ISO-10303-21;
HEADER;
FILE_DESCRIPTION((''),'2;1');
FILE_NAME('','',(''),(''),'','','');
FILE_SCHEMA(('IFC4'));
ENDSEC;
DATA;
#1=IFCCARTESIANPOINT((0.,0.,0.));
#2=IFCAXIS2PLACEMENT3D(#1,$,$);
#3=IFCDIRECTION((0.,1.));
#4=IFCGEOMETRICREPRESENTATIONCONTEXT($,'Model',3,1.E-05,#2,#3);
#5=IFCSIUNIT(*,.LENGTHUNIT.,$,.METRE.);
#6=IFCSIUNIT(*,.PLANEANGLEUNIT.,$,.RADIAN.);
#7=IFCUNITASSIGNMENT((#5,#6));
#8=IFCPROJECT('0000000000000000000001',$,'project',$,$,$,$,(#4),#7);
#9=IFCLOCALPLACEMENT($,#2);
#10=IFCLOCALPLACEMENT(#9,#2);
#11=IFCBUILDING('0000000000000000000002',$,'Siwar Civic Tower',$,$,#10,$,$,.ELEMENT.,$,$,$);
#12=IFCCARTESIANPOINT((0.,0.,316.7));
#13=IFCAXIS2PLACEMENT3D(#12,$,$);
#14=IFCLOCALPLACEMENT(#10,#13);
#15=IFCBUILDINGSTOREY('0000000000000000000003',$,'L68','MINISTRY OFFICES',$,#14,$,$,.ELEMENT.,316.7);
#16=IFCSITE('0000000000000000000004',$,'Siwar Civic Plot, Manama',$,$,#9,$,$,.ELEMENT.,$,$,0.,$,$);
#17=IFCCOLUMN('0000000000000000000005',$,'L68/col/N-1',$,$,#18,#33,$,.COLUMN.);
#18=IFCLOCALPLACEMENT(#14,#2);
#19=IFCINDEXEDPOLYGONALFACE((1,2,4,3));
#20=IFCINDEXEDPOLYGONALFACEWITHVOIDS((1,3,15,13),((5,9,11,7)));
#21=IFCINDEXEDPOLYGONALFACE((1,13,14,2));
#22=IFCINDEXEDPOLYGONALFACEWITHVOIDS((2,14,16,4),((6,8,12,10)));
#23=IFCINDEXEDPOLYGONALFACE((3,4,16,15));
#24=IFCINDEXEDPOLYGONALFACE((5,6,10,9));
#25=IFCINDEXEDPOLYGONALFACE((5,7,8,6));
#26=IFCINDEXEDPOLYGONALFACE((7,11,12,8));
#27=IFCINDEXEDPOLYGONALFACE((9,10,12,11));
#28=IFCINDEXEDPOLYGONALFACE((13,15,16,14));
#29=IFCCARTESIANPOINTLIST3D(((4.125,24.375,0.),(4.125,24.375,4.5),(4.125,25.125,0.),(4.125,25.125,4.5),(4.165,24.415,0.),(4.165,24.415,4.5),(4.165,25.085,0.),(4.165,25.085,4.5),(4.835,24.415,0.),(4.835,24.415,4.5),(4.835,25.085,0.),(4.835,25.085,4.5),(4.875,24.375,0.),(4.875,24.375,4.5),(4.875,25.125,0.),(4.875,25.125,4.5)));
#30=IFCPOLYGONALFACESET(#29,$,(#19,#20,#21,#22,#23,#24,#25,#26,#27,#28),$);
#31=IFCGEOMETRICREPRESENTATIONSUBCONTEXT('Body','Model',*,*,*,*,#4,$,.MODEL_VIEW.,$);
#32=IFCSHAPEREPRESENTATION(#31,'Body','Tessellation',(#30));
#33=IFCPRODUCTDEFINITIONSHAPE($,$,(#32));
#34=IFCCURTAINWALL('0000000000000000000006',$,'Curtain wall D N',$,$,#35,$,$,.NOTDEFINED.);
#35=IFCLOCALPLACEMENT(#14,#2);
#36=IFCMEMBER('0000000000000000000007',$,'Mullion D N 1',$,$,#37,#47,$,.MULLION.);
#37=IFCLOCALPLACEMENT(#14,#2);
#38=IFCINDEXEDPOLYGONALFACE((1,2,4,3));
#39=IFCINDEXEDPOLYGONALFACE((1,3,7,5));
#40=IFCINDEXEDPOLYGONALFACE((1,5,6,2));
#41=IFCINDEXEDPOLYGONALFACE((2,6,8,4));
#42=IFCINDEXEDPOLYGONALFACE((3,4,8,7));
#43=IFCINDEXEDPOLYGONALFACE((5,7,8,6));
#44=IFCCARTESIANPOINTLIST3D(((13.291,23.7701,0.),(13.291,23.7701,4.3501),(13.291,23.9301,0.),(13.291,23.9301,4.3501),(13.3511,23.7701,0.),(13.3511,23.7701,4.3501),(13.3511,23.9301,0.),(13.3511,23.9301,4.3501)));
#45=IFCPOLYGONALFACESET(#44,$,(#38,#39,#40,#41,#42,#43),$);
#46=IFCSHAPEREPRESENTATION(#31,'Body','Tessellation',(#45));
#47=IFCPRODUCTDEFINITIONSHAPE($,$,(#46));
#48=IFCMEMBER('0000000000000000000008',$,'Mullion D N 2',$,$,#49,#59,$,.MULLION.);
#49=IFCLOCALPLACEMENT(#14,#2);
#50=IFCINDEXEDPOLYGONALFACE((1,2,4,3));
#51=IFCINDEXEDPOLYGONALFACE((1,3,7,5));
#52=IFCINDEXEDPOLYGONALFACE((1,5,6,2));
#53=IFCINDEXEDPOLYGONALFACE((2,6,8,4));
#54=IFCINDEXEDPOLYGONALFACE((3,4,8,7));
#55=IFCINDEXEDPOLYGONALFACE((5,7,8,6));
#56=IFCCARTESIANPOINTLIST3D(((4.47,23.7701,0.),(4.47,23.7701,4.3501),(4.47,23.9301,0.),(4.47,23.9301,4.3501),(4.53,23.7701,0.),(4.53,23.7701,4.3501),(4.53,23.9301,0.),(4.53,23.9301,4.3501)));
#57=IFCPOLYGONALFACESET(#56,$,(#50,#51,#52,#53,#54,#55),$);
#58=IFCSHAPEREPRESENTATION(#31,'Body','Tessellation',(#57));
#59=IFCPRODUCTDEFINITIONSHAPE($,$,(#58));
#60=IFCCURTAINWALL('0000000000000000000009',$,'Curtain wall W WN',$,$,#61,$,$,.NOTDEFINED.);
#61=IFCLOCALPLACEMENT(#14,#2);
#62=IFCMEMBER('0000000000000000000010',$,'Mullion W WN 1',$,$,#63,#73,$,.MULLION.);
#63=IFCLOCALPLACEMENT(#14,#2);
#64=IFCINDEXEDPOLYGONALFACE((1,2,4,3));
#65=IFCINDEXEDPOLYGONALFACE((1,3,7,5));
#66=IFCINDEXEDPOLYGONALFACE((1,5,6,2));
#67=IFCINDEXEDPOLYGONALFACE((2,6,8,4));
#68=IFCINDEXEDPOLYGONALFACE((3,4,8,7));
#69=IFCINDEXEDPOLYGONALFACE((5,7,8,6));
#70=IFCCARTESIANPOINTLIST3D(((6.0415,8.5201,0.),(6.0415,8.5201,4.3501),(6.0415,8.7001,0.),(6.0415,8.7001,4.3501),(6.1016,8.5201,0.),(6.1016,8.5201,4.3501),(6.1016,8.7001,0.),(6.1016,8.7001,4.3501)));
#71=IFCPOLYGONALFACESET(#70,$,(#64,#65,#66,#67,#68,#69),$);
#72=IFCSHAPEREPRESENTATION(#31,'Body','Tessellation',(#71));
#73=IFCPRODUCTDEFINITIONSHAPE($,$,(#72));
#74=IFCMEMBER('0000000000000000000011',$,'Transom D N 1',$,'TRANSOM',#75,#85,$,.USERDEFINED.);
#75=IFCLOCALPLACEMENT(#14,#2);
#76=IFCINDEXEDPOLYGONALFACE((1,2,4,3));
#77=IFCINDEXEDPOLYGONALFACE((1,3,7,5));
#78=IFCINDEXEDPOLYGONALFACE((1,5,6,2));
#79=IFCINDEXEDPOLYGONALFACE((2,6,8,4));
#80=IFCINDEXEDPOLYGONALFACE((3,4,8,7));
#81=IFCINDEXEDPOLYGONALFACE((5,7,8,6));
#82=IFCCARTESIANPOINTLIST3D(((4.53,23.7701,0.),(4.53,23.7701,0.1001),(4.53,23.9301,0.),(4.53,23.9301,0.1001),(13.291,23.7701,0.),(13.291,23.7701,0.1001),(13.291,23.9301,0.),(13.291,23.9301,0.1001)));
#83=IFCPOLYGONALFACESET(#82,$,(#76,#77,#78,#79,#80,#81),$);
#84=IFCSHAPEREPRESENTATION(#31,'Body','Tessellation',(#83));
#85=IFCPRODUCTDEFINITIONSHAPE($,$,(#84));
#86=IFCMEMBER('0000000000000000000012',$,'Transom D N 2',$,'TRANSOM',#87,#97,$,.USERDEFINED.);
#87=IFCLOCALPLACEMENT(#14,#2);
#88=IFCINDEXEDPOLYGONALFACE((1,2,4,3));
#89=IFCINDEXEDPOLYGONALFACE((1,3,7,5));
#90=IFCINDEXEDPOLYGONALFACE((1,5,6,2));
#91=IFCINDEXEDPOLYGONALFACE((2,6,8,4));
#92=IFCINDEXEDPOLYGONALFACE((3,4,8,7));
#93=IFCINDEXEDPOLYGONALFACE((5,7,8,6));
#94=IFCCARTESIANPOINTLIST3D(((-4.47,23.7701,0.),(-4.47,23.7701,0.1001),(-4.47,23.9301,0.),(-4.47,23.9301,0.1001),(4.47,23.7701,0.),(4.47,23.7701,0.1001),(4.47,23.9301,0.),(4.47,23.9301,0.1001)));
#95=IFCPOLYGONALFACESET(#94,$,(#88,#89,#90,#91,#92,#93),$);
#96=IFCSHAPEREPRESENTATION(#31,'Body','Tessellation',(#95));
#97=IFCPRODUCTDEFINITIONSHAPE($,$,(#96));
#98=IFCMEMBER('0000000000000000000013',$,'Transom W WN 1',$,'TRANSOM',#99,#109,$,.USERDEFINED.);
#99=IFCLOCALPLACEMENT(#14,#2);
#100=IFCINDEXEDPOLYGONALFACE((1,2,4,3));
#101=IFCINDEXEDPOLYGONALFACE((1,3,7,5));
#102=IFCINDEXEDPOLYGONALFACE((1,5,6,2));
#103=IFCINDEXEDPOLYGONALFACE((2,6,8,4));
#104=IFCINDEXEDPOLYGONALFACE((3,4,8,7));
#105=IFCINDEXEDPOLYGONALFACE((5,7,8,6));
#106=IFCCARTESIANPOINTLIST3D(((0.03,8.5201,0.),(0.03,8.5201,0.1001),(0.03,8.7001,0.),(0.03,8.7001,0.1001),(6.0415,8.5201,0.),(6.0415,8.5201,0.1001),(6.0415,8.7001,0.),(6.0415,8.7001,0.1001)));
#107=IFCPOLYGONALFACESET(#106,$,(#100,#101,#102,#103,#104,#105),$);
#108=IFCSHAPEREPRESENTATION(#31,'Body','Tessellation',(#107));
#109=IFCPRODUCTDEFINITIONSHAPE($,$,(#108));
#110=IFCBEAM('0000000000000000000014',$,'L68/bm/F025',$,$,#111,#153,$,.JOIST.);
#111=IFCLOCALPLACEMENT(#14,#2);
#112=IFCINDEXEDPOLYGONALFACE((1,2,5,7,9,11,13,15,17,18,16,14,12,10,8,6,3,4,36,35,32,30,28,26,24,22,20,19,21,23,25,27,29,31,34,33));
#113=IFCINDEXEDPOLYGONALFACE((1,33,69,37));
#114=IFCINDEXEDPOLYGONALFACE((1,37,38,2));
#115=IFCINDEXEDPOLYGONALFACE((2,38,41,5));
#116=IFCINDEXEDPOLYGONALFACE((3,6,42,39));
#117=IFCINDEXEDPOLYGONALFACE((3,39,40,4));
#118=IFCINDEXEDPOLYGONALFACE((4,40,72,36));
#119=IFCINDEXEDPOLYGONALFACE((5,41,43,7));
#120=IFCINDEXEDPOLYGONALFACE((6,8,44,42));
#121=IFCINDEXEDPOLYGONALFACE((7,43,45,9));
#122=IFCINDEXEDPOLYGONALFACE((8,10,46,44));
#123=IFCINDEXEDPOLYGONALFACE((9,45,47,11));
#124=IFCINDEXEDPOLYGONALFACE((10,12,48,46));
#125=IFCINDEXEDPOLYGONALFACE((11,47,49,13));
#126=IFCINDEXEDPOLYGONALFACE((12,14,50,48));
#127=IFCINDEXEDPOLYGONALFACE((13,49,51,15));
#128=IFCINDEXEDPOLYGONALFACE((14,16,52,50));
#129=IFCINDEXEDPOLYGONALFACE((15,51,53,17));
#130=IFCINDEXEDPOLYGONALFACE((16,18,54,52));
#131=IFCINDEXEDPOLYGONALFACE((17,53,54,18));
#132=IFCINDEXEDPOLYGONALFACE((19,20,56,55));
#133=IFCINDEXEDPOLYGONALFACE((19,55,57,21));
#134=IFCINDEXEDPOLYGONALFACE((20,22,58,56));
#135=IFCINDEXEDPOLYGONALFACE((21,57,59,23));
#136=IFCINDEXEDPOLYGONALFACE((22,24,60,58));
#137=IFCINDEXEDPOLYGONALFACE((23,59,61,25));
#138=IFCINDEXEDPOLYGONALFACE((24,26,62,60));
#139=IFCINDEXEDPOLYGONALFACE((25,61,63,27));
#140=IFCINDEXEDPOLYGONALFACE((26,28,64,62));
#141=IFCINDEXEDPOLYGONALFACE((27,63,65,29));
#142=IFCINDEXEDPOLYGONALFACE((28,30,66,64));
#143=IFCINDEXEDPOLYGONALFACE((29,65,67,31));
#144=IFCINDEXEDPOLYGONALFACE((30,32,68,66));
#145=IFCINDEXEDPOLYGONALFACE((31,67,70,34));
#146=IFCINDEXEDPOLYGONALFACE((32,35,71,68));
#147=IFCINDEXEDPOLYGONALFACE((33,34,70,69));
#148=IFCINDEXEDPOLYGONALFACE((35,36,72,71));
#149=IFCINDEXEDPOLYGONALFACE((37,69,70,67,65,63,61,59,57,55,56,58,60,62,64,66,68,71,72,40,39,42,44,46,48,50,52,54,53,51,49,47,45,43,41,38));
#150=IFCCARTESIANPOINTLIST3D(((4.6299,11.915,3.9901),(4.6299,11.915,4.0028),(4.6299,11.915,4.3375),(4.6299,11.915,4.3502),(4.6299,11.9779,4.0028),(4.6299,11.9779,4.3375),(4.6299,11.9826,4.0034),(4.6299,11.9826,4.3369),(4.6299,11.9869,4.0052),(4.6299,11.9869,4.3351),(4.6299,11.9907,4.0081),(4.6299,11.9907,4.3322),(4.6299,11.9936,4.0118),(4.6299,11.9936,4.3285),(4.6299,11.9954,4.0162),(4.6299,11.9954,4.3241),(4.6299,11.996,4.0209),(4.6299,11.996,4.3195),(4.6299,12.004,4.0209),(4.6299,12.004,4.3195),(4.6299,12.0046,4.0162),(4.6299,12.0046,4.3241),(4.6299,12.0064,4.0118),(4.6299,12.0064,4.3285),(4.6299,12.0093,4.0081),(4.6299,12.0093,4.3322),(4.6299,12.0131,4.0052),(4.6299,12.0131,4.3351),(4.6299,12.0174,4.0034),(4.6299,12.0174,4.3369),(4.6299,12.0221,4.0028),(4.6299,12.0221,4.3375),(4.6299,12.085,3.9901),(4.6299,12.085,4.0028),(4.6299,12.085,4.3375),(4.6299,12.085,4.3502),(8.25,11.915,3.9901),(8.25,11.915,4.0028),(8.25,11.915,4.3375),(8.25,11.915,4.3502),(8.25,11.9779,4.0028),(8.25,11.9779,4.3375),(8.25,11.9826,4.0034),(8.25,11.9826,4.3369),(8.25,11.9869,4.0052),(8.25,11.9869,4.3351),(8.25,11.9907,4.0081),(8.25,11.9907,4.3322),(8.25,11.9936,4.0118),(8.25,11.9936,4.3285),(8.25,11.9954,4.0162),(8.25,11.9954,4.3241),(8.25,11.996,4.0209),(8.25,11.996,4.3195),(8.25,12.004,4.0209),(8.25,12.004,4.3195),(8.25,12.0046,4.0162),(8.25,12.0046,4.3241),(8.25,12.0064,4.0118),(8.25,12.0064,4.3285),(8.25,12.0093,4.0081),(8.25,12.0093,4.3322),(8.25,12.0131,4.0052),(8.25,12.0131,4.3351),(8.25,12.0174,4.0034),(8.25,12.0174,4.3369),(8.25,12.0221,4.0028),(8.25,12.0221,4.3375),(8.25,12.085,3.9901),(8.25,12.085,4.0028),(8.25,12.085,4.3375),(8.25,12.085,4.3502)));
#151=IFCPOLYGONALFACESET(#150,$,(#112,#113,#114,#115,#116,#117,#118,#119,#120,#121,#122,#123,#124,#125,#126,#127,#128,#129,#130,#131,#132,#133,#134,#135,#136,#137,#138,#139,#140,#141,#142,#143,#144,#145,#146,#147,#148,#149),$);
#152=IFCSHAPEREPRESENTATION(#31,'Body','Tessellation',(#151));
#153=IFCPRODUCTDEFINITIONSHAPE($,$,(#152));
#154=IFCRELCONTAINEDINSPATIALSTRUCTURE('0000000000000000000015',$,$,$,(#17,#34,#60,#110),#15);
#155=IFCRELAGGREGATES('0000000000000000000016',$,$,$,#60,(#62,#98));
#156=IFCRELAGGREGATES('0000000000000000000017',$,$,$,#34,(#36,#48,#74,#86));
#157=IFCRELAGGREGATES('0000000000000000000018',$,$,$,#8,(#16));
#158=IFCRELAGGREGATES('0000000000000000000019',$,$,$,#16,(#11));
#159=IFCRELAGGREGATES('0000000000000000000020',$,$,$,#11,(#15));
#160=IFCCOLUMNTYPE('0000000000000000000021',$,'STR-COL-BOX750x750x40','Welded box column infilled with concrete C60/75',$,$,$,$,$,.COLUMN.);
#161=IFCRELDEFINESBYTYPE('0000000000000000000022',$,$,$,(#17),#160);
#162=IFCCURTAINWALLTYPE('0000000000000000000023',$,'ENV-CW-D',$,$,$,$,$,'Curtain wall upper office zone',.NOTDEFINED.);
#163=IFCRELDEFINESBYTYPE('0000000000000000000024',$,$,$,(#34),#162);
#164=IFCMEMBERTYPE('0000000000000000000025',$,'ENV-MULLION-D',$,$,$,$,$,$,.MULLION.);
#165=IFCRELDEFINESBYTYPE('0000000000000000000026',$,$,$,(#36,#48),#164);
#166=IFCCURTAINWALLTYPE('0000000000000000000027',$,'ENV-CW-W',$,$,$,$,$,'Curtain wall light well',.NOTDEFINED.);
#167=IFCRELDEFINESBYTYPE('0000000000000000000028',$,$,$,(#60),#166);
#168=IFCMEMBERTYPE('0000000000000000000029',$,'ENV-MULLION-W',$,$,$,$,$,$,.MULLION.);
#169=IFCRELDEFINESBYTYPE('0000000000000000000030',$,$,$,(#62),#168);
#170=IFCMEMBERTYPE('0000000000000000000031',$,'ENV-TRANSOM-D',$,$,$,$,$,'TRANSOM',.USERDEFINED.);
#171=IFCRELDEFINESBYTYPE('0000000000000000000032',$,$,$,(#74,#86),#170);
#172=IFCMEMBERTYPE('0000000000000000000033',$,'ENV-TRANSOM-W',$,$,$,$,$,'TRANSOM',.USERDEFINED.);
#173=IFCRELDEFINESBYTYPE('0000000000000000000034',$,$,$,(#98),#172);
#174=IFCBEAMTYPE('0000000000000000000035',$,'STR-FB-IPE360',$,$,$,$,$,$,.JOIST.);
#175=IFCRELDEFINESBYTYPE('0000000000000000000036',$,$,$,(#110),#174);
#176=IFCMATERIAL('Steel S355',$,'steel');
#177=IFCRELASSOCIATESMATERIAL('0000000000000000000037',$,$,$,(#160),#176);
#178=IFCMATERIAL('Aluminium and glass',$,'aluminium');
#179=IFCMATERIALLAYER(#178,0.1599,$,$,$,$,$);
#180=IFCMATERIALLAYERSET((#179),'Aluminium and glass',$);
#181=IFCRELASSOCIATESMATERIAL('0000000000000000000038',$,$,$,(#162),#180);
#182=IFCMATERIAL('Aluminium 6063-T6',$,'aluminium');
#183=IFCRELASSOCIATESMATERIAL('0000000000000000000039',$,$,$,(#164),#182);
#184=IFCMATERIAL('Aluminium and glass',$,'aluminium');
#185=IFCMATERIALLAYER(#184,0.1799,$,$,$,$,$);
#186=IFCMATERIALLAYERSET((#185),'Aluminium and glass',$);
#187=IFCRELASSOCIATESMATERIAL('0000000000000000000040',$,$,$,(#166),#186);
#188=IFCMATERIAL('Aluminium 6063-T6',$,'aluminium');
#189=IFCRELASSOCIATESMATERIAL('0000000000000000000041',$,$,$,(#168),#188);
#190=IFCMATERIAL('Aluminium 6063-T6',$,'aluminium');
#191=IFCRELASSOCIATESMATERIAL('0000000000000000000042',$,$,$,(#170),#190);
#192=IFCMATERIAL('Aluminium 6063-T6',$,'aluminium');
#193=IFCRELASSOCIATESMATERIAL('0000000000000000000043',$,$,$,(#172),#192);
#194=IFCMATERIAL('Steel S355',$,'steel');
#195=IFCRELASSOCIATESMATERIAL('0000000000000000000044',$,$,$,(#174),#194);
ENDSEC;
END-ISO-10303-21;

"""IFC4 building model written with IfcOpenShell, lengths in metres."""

from ifc_helpers import new_model, si_unit, direction, frame, origin, origin_2d, place, context, subcontext, project, spatial, rectangle, hollow_rectangle, i_section, extrude, material, layer, layer_set, material_profile, profile_set, type_object, element, aggregate, save


model = new_model("IFC4")

# Units and contexts
model_context = context("Model", 3, precision=1e-05, world=origin(), true_north=direction((0.0, 1.0)))
body_context = subcontext(model_context, "Body", "Model", "MODEL_VIEW")
ifc_project = project(units=[si_unit("LENGTHUNIT", "METRE"), si_unit("PLANEANGLEUNIT", "RADIAN")], contexts=[model_context])

# Site, building, storey
site_placement = place(None, origin())
site = spatial("IfcSite", under=ifc_project, at=site_placement, Name="Siwar Civic Plot, Manama", CompositionType="ELEMENT", RefElevation=0.0)
building_placement = place(site_placement, origin())
building = spatial("IfcBuilding", under=site, at=building_placement, Name="Siwar Civic Tower", CompositionType="ELEMENT")
storey_placement = place(building_placement, frame((0.0, 0.0, 316.7)))
storey = spatial("IfcBuildingStorey", under=building, at=storey_placement, Name="L68", Description="MINISTRY OFFICES", CompositionType="ELEMENT", Elevation=316.7)

# Column
ifc_material_1 = material(Name="Steel S355", Category="steel")
ifc_material_profile_1 = material_profile(ifc_material_1, hollow_rectangle(XDim=0.75, YDim=0.75, WallThickness=0.04, at=origin_2d()), Name="BOX750x750x40")
ifc_profile_set_1 = profile_set([ifc_material_profile_1], Name="Steel S355")
column_type = type_object("IfcColumnType", Name="STR-COL-BOX750x750x40", Description="Welded box column infilled with concrete C60/75", PredefinedType="COLUMN", material=ifc_profile_set_1)
column_placement = place(storey_placement, frame((4.5, 24.75, 0.0), z_axis=(0.0, 0.0, 1.0), x_axis=(1.0, 0.0, 0.0)))
element("IfcColumn", 1, at=column_placement, inside=storey, type_object=column_type, Name="L68/col/N-1", PredefinedType="COLUMN", context=body_context, shape_type="SweptSolid", body=[
    extrude(hollow_rectangle(XDim=0.75, YDim=0.75, WallThickness=0.04, at=origin_2d()), origin(), (0.0, 0.0, 1.0), 4.5),
])

# Curtain wall, members
ifc_material_2 = material(Name="Aluminium and glass", Category="aluminium")
ifc_layer_1 = layer(ifc_material_2, 0.1599)
ifc_layer_set_1 = layer_set([ifc_layer_1], Name="Aluminium and glass")
curtain_wall_type_1 = type_object("IfcCurtainWallType", Name="ENV-CW-D", ElementType="Curtain wall upper office zone", PredefinedType="NOTDEFINED", material=ifc_layer_set_1)
curtain_wall_1_placement = place(storey_placement, origin())
curtain_wall_1 = element("IfcCurtainWall", 2, at=curtain_wall_1_placement, inside=storey, type_object=curtain_wall_type_1, Name="Curtain wall D N", PredefinedType="NOTDEFINED")
ifc_material_3 = material(Name="Aluminium 6063-T6", Category="aluminium")
ifc_material_profile_2 = material_profile(ifc_material_3, rectangle(XDim=0.1599, YDim=0.0601, at=origin_2d()), Name="AL 160x60")
ifc_profile_set_2 = profile_set([ifc_material_profile_2], Name="Aluminium 6063-T6")
member_type_1 = type_object("IfcMemberType", Name="ENV-MULLION-D", PredefinedType="MULLION", material=ifc_profile_set_2)
member_1_placement = place(storey_placement, frame((13.321, 23.8501, 0.0), z_axis=(0.0, 0.0, 1.0), x_axis=(0.0, -1.0, 0.0)))
member_1 = element("IfcMember", 3, at=member_1_placement, type_object=member_type_1, Name="Mullion D N 1", PredefinedType="MULLION", context=body_context, shape_type="SweptSolid", body=[
    extrude(rectangle(XDim=0.1599, YDim=0.0601, at=origin_2d()), origin(), (0.0, 0.0, 1.0), 4.3501),
])
member_2_placement = place(storey_placement, frame((4.5, 23.8501, 0.0), z_axis=(0.0, 0.0, 1.0), x_axis=(0.0, -1.0, 0.0)))
member_2 = element("IfcMember", 4, at=member_2_placement, type_object=member_type_1, Name="Mullion D N 2", PredefinedType="MULLION", context=body_context, shape_type="SweptSolid", body=[
    extrude(rectangle(XDim=0.1599, YDim=0.0601, at=origin_2d()), origin(), (0.0, 0.0, 1.0), 4.3501),
])

# Curtain wall, member
ifc_material_4 = material(Name="Aluminium and glass", Category="aluminium")
ifc_layer_2 = layer(ifc_material_4, 0.1799)
ifc_layer_set_2 = layer_set([ifc_layer_2], Name="Aluminium and glass")
curtain_wall_type_2 = type_object("IfcCurtainWallType", Name="ENV-CW-W", ElementType="Curtain wall light well", PredefinedType="NOTDEFINED", material=ifc_layer_set_2)
curtain_wall_2_placement = place(storey_placement, origin())
curtain_wall_2 = element("IfcCurtainWall", 5, at=curtain_wall_2_placement, inside=storey, type_object=curtain_wall_type_2, Name="Curtain wall W WN", PredefinedType="NOTDEFINED")
ifc_material_5 = material(Name="Aluminium 6063-T6", Category="aluminium")
ifc_material_profile_3 = material_profile(ifc_material_5, rectangle(XDim=0.1799, YDim=0.0601, at=origin_2d()), Name="AL 180x60")
ifc_profile_set_3 = profile_set([ifc_material_profile_3], Name="Aluminium 6063-T6")
member_type_2 = type_object("IfcMemberType", Name="ENV-MULLION-W", PredefinedType="MULLION", material=ifc_profile_set_3)
member_3_placement = place(storey_placement, frame((6.0715, 8.6101, 0.0), z_axis=(0.0, 0.0, 1.0), x_axis=(0.0, -1.0, 0.0)))
member_3 = element("IfcMember", 6, at=member_3_placement, type_object=member_type_2, Name="Mullion W WN 1", PredefinedType="MULLION", context=body_context, shape_type="SweptSolid", body=[
    extrude(rectangle(XDim=0.1799, YDim=0.0601, at=origin_2d()), origin(), (0.0, 0.0, 1.0), 4.3501),
])

# Members
ifc_material_6 = material(Name="Aluminium 6063-T6", Category="aluminium")
ifc_material_profile_4 = material_profile(ifc_material_6, rectangle(XDim=0.1599, YDim=0.1001, at=origin_2d()), Name="AL 160x100")
ifc_profile_set_4 = profile_set([ifc_material_profile_4], Name="Aluminium 6063-T6")
member_type_3 = type_object("IfcMemberType", Name="ENV-TRANSOM-D", ElementType="TRANSOM", PredefinedType="USERDEFINED", material=ifc_profile_set_4)
member_4_placement = place(storey_placement, frame((13.291, 23.8501, 0.05), z_axis=(-1.0, 0.0, 0.0), x_axis=(0.0, -1.0, 0.0)))
member_4 = element("IfcMember", 7, at=member_4_placement, type_object=member_type_3, Name="Transom D N 1", ObjectType="TRANSOM", PredefinedType="USERDEFINED", context=body_context, shape_type="SweptSolid", body=[
    extrude(rectangle(XDim=0.1599, YDim=0.1001, at=origin_2d()), origin(), (0.0, 0.0, 1.0), 8.761),
])
member_5_placement = place(storey_placement, frame((4.47, 23.8501, 0.05), z_axis=(-1.0, 0.0, 0.0), x_axis=(0.0, -1.0, 0.0)))
member_5 = element("IfcMember", 8, at=member_5_placement, type_object=member_type_3, Name="Transom D N 2", ObjectType="TRANSOM", PredefinedType="USERDEFINED", context=body_context, shape_type="SweptSolid", body=[
    extrude(rectangle(XDim=0.1599, YDim=0.1001, at=origin_2d()), origin(), (0.0, 0.0, 1.0), 8.9399),
])
ifc_material_7 = material(Name="Aluminium 6063-T6", Category="aluminium")
ifc_material_profile_5 = material_profile(ifc_material_7, rectangle(XDim=0.1799, YDim=0.1001, at=origin_2d()), Name="AL 180x100")
ifc_profile_set_5 = profile_set([ifc_material_profile_5], Name="Aluminium 6063-T6")
member_type_4 = type_object("IfcMemberType", Name="ENV-TRANSOM-W", ElementType="TRANSOM", PredefinedType="USERDEFINED", material=ifc_profile_set_5)
member_6_placement = place(storey_placement, frame((6.0415, 8.6101, 0.05), z_axis=(-1.0, 0.0, 0.0), x_axis=(0.0, -1.0, 0.0)))
member_6 = element("IfcMember", 9, at=member_6_placement, type_object=member_type_4, Name="Transom W WN 1", ObjectType="TRANSOM", PredefinedType="USERDEFINED", context=body_context, shape_type="SweptSolid", body=[
    extrude(rectangle(XDim=0.1799, YDim=0.1001, at=origin_2d()), origin(), (0.0, 0.0, 1.0), 6.0115),
])
aggregate(curtain_wall_2, [member_3, member_6])

# Beam
ifc_material_8 = material(Name="Steel S355", Category="steel")
ifc_material_profile_6 = material_profile(ifc_material_8, i_section(OverallWidth=0.1699, OverallDepth=0.3601, WebThickness=0.0081, FlangeThickness=0.0127, FilletRadius=0.0181, at=origin_2d()), Name="IPE360")
ifc_profile_set_6 = profile_set([ifc_material_profile_6], Name="Steel S355")
beam_type_1 = type_object("IfcBeamType", Name="STR-FB-IPE360", PredefinedType="JOIST", material=ifc_profile_set_6)
beam_1_placement = place(storey_placement, frame((4.6299, 12.0, 4.1702), z_axis=(1.0, 0.0, 0.0), x_axis=(0.0, 1.0, 0.0)))
element("IfcBeam", 10, at=beam_1_placement, inside=storey, type_object=beam_type_1, Name="L68/bm/F025", PredefinedType="JOIST", context=body_context, shape_type="SweptSolid", body=[
    extrude(i_section(OverallWidth=0.1699, OverallDepth=0.3601, WebThickness=0.0081, FlangeThickness=0.0127, FilletRadius=0.0181, at=origin_2d()), origin(), (0.0, 0.0, 1.0), 3.6201),
])

aggregate(curtain_wall_1, [member_1, member_2, member_4, member_5])

save(model, "model.ifc")
